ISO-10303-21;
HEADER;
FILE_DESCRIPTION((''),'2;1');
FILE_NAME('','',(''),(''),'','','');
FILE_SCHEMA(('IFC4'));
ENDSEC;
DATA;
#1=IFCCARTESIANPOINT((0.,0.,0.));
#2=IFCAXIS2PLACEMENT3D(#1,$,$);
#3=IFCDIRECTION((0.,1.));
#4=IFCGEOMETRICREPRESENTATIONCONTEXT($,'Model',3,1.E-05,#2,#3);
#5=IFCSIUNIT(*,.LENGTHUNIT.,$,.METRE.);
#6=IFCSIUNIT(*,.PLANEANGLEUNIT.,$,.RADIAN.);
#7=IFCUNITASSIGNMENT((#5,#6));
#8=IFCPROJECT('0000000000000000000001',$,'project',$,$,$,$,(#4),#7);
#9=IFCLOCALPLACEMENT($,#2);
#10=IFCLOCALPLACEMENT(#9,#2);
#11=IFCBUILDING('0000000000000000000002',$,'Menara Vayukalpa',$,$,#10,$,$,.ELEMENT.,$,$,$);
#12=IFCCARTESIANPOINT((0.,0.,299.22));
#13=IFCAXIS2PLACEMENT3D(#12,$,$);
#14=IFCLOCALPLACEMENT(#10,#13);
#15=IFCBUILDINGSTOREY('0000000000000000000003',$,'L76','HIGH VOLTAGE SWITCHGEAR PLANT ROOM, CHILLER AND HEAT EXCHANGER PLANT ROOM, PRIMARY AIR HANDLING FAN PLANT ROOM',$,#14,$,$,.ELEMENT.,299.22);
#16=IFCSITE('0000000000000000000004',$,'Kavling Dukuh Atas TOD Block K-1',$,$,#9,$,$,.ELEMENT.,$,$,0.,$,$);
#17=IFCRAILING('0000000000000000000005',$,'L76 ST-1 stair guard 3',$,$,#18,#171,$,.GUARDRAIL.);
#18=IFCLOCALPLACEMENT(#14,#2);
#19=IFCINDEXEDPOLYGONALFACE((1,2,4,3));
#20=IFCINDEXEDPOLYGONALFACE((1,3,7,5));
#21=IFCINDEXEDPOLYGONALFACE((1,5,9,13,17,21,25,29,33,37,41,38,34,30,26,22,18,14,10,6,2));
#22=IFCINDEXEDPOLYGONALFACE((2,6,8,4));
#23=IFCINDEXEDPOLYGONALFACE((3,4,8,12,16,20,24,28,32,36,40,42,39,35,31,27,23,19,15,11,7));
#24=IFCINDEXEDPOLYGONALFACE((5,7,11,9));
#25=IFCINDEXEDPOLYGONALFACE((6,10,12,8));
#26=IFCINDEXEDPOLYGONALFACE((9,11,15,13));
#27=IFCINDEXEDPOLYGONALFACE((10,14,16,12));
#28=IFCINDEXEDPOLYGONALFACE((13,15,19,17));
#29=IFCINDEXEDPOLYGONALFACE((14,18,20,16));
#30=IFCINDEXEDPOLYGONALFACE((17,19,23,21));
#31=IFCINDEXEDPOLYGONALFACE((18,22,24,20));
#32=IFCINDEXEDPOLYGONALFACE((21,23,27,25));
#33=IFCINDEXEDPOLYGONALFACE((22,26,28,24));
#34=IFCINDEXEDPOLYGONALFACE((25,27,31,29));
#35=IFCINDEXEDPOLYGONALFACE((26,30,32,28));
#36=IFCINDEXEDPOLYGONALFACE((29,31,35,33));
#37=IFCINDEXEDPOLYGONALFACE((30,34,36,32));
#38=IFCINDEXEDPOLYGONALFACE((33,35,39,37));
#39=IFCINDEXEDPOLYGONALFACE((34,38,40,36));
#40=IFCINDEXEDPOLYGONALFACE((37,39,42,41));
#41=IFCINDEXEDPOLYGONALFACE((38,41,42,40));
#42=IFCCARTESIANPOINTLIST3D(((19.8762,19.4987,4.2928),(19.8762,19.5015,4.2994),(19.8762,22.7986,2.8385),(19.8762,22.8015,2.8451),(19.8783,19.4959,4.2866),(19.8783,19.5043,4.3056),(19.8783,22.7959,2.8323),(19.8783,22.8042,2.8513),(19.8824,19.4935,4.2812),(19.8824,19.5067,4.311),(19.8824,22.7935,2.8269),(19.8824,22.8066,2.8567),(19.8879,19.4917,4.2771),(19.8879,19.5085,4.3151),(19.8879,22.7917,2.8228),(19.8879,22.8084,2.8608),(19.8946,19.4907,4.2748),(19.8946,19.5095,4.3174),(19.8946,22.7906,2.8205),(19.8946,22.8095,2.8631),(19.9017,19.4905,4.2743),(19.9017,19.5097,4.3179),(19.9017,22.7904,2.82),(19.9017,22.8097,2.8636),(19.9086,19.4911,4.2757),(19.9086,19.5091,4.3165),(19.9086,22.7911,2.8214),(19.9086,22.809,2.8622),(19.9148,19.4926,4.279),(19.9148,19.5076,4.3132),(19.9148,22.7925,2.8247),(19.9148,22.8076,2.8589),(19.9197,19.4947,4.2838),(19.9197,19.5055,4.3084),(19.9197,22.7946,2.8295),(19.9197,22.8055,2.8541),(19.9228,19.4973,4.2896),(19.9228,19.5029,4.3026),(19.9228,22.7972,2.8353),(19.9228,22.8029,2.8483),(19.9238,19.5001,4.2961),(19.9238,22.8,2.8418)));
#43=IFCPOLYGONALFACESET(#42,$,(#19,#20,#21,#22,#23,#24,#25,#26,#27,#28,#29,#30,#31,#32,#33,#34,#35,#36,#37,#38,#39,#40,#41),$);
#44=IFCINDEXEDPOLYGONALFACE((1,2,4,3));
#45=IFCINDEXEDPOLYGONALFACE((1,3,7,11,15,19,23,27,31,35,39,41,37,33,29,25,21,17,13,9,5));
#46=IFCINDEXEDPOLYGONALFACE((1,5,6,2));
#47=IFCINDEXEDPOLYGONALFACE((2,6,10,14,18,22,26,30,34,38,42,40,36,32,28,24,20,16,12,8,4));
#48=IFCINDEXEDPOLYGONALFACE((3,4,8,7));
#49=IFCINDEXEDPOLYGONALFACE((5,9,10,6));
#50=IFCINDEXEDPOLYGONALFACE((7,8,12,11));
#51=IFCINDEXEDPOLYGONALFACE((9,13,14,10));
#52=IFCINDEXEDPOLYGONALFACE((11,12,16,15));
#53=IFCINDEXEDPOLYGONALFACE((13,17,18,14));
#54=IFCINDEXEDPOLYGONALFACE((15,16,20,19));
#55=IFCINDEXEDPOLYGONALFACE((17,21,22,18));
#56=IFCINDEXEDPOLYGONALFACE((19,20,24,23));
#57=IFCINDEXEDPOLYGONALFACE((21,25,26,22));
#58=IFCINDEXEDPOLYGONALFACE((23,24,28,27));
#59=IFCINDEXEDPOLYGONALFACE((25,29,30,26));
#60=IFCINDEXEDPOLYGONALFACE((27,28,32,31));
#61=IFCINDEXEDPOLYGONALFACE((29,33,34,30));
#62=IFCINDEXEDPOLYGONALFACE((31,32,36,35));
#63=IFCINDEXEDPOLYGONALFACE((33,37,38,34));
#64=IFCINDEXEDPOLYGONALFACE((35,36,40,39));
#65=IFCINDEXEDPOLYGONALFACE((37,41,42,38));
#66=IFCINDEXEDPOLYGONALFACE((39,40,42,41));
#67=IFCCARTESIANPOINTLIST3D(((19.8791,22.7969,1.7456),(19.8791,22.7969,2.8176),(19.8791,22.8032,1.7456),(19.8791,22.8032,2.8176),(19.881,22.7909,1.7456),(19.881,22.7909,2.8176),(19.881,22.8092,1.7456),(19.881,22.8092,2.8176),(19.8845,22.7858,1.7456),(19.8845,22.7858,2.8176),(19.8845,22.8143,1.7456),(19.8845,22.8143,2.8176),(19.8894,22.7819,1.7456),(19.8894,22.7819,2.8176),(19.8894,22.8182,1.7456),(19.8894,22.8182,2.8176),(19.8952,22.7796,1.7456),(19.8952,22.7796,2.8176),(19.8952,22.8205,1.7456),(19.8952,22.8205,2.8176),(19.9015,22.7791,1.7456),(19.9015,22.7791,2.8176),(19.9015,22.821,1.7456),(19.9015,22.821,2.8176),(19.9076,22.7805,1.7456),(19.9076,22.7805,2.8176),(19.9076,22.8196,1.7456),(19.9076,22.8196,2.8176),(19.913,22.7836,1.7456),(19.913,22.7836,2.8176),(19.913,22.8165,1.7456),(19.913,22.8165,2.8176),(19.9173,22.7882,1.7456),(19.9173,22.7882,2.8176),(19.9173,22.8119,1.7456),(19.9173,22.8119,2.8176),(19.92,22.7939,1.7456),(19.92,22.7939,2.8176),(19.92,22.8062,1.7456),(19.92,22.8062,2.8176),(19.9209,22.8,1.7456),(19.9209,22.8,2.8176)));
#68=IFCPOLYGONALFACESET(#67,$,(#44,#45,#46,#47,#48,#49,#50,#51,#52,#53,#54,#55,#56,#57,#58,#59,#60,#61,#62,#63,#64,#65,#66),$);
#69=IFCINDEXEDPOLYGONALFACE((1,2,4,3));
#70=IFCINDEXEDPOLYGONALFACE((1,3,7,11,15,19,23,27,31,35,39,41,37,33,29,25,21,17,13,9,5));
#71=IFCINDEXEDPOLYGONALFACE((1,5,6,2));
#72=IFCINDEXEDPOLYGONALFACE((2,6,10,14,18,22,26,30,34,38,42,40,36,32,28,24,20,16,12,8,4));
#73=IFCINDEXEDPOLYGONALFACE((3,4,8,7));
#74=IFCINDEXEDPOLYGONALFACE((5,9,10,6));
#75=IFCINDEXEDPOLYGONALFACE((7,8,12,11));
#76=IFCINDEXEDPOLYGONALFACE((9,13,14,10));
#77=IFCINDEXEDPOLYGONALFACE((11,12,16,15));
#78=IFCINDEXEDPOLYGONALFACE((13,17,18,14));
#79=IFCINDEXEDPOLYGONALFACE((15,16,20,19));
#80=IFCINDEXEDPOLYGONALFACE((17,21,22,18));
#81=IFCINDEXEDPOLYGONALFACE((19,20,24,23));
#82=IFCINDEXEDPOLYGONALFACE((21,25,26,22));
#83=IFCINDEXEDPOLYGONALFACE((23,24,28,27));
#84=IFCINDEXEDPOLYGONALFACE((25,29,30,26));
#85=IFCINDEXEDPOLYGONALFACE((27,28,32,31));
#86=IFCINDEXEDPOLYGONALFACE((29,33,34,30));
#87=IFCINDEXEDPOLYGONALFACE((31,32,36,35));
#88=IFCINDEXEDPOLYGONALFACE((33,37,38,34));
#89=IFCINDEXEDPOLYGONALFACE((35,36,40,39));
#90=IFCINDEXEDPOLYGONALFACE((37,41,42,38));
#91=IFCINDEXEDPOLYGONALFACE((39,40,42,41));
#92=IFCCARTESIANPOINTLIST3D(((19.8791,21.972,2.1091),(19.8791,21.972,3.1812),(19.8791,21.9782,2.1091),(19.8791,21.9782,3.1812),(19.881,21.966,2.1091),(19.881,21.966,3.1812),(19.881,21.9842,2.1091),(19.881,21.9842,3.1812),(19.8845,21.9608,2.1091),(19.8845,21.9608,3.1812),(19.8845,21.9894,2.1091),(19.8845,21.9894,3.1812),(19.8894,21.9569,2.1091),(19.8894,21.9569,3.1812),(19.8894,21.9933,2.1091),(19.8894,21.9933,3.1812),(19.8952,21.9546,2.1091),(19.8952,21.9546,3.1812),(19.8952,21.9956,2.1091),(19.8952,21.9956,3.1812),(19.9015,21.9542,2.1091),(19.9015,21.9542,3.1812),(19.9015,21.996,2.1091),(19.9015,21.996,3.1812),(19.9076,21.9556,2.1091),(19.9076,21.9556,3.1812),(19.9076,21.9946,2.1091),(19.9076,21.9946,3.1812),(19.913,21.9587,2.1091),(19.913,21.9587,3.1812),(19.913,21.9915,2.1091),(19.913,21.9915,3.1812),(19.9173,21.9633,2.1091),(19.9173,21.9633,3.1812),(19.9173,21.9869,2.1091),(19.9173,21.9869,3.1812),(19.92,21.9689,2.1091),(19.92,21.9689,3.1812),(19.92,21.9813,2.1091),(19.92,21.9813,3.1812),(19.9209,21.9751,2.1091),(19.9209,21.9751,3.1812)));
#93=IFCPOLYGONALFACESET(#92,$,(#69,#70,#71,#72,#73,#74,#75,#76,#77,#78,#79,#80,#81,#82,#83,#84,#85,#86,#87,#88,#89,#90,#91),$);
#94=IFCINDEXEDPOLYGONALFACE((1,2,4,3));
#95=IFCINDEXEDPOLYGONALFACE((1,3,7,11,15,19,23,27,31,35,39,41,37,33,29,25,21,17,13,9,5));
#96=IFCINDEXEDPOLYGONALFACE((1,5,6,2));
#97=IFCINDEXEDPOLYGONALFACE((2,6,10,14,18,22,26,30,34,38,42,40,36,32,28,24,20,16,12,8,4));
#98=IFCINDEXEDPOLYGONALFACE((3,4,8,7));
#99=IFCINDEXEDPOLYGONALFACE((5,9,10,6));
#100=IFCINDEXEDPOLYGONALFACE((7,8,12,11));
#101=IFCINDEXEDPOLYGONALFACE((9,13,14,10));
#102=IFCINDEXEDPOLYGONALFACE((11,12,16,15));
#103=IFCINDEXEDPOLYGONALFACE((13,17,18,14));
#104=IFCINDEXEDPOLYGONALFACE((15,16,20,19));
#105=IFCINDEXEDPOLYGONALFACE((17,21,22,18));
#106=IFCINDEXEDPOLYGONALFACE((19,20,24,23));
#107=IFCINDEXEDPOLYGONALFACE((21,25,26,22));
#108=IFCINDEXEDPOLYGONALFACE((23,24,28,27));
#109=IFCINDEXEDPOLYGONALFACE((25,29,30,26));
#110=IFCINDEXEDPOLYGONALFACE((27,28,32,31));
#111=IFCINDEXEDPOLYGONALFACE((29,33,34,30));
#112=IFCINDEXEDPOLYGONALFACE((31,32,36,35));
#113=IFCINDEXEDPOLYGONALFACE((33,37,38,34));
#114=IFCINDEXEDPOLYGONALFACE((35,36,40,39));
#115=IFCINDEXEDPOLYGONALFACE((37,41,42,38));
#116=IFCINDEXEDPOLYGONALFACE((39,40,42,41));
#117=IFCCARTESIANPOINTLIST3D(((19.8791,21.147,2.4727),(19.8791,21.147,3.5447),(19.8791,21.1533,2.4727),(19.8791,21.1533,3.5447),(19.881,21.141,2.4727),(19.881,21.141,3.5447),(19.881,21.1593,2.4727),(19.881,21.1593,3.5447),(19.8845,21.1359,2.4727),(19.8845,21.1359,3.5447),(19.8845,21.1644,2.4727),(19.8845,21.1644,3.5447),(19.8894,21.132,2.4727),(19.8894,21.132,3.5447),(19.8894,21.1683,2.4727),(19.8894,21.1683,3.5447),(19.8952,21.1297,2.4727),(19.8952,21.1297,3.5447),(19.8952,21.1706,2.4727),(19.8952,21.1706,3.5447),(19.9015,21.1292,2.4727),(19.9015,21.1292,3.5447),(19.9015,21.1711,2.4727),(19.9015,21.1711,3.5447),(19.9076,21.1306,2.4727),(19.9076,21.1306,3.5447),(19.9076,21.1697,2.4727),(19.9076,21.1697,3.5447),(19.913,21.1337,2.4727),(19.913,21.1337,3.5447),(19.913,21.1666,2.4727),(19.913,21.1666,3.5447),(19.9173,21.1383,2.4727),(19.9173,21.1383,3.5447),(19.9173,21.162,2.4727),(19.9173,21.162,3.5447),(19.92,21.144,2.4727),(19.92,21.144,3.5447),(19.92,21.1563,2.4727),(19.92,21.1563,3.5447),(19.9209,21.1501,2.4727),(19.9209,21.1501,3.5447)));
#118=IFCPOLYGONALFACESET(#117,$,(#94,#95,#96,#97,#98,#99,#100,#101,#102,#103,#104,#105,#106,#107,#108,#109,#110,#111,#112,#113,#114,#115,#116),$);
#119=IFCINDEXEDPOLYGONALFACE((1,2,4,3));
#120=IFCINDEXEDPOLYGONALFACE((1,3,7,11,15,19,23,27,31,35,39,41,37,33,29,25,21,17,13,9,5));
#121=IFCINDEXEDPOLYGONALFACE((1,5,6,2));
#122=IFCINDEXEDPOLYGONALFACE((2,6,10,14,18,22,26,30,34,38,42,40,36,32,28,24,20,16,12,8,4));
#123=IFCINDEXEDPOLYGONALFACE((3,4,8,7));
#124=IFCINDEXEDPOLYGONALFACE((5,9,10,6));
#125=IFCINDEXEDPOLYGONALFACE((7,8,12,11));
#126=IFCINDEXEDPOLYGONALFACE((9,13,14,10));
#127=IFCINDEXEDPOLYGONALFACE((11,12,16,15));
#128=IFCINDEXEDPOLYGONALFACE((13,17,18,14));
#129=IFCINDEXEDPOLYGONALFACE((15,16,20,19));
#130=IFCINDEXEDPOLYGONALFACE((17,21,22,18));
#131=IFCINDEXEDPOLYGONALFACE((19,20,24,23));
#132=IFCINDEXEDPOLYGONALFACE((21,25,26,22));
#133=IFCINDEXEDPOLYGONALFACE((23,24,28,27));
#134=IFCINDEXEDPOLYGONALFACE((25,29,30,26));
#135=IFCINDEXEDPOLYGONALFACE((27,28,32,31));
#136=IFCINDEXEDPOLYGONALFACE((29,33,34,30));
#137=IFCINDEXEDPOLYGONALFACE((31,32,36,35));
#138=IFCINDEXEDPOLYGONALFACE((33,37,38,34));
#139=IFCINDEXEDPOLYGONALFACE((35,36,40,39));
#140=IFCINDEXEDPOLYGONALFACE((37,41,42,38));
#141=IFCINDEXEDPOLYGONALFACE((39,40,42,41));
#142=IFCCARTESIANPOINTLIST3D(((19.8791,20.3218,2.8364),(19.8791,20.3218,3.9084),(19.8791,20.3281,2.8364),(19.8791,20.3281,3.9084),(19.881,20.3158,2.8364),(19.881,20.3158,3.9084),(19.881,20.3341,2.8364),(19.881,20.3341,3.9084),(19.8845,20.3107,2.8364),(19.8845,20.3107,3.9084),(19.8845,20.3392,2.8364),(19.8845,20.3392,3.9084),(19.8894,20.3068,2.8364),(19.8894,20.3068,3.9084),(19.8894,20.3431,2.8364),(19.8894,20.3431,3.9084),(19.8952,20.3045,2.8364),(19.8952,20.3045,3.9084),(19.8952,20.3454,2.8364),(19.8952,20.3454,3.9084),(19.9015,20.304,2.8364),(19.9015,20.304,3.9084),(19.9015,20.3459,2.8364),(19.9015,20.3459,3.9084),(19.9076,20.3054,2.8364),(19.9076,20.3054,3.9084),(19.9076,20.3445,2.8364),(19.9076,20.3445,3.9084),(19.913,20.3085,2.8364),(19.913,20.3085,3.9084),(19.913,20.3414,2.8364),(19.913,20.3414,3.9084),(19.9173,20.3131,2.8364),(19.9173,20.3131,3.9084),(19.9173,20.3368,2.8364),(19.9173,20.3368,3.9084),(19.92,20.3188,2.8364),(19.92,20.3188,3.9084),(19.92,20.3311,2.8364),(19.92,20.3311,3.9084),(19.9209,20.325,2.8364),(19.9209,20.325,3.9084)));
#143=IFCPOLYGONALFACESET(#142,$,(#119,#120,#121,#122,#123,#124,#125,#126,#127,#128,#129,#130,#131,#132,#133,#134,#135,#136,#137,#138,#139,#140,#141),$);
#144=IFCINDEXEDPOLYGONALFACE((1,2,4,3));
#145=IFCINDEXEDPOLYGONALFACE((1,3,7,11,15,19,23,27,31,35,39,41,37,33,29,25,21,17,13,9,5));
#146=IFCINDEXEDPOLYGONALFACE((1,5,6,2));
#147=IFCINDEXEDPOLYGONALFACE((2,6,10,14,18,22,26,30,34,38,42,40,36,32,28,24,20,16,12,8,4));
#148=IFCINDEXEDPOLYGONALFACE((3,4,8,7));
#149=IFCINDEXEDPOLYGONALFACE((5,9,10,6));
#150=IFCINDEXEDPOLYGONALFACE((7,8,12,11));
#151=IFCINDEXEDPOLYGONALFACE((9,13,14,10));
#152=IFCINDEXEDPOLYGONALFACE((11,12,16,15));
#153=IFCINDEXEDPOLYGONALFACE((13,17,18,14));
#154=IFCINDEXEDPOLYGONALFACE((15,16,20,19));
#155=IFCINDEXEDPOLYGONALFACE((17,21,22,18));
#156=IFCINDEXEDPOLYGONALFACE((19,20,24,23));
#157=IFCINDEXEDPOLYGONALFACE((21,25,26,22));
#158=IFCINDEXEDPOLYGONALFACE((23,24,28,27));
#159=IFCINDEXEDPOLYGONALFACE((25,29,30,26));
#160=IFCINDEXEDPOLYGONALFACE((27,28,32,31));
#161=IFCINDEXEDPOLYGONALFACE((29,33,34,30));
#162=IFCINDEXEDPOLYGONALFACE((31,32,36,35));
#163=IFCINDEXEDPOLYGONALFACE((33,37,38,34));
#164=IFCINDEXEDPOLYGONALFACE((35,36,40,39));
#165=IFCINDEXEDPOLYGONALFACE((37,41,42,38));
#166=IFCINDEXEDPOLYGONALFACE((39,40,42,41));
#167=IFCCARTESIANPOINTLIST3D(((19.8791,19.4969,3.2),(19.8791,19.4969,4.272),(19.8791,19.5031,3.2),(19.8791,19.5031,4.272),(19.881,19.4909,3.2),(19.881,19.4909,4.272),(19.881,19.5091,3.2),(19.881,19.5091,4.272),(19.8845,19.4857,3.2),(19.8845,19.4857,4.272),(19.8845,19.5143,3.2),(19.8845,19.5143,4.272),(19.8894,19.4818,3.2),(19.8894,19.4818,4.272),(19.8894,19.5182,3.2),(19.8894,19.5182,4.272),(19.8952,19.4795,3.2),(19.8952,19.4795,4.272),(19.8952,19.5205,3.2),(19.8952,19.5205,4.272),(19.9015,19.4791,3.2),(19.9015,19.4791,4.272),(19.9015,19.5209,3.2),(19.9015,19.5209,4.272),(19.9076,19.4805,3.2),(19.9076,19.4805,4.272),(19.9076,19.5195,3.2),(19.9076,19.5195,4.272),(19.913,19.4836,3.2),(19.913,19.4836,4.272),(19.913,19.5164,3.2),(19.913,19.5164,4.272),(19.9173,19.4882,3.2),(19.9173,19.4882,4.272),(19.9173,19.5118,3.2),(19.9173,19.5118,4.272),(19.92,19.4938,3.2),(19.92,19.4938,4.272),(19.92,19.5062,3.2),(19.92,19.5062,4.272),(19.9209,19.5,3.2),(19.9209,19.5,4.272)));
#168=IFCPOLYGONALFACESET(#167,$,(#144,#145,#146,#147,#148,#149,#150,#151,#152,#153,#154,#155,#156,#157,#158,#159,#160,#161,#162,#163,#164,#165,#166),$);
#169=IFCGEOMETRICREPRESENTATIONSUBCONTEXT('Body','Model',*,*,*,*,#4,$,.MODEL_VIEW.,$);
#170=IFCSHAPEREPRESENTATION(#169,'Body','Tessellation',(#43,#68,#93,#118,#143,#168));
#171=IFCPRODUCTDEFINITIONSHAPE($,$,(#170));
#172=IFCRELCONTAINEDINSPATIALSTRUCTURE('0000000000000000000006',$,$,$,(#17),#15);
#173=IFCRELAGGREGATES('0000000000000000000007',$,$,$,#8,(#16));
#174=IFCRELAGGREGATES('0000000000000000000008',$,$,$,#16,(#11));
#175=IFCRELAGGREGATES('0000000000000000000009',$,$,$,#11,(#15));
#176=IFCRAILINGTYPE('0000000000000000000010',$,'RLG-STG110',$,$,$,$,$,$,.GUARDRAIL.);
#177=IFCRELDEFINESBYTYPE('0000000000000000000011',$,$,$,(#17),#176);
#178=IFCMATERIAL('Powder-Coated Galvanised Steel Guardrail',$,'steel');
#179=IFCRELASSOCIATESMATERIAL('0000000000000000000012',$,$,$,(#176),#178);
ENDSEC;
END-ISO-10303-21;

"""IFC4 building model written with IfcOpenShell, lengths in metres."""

from ifc_helpers import new_model, si_unit, direction, frame, origin, origin_2d, place, context, subcontext, project, spatial, circle, extrude, material, type_object, element, save


model = new_model("IFC4")

# Units and contexts
model_context = context("Model", 3, precision=1e-05, world=origin(), true_north=direction((0.0, 1.0)))
body_context = subcontext(model_context, "Body", "Model", "MODEL_VIEW")
ifc_project = project(units=[si_unit("LENGTHUNIT", "METRE"), si_unit("PLANEANGLEUNIT", "RADIAN")], contexts=[model_context])

# Site, building, storey
site_placement = place(None, origin())
site = spatial("IfcSite", under=ifc_project, at=site_placement, Name="Kavling Dukuh Atas TOD Block K-1", CompositionType="ELEMENT", RefElevation=0.0)
building_placement = place(site_placement, origin())
building = spatial("IfcBuilding", under=site, at=building_placement, Name="Menara Vayukalpa", CompositionType="ELEMENT")
storey_placement = place(building_placement, frame((0.0, 0.0, 299.22)))
storey = spatial("IfcBuildingStorey", under=building, at=storey_placement, Name="L76", Description="HIGH VOLTAGE SWITCHGEAR PLANT ROOM, CHILLER AND HEAT EXCHANGER PLANT ROOM, PRIMARY AIR HANDLING FAN PLANT ROOM", CompositionType="ELEMENT", Elevation=299.22)

# Railing
ifc_material_1 = material(Name="Powder-Coated Galvanised Steel Guardrail", Category="steel")
railing_type_1 = type_object("IfcRailingType", Name="RLG-STG110", PredefinedType="GUARDRAIL", material=ifc_material_1)
railing_1_placement = place(storey_placement, frame((19.8999, 22.8, 1.7456)))
element("IfcRailing", 1, at=railing_1_placement, inside=storey, type_object=railing_type_1, Name="L76 ST-1 stair guard 3", PredefinedType="GUARDRAIL", context=body_context, shape_type="SweptSolid", body=[
    extrude(circle(Radius=0.0239, at=origin_2d()), frame((0.0, 0.0, 1.0962), z_axis=(0.0, -0.915077, 0.403278), x_axis=(1.0, 0.0, 0.0)), (0.0, 0.0, 1.0), 3.6062),
    extrude(circle(Radius=0.021, at=origin_2d()), origin(), (0.0, 0.0, 1.0), 1.072),
    extrude(circle(Radius=0.021, at=origin_2d()), frame((0.0, -0.825, 0.3635)), (0.0, 0.0, 1.0), 1.072),
    extrude(circle(Radius=0.021, at=origin_2d()), frame((0.0, -1.6499, 0.7271)), (0.0, 0.0, 1.0), 1.072),
    extrude(circle(Radius=0.021, at=origin_2d()), frame((0.0, -2.4751, 1.0908)), (0.0, 0.0, 1.0), 1.072),
    extrude(circle(Radius=0.021, at=origin_2d()), frame((0.0, -3.3, 1.4543)), (0.0, 0.0, 1.0), 1.072),
])

save(model, "model.ifc")
